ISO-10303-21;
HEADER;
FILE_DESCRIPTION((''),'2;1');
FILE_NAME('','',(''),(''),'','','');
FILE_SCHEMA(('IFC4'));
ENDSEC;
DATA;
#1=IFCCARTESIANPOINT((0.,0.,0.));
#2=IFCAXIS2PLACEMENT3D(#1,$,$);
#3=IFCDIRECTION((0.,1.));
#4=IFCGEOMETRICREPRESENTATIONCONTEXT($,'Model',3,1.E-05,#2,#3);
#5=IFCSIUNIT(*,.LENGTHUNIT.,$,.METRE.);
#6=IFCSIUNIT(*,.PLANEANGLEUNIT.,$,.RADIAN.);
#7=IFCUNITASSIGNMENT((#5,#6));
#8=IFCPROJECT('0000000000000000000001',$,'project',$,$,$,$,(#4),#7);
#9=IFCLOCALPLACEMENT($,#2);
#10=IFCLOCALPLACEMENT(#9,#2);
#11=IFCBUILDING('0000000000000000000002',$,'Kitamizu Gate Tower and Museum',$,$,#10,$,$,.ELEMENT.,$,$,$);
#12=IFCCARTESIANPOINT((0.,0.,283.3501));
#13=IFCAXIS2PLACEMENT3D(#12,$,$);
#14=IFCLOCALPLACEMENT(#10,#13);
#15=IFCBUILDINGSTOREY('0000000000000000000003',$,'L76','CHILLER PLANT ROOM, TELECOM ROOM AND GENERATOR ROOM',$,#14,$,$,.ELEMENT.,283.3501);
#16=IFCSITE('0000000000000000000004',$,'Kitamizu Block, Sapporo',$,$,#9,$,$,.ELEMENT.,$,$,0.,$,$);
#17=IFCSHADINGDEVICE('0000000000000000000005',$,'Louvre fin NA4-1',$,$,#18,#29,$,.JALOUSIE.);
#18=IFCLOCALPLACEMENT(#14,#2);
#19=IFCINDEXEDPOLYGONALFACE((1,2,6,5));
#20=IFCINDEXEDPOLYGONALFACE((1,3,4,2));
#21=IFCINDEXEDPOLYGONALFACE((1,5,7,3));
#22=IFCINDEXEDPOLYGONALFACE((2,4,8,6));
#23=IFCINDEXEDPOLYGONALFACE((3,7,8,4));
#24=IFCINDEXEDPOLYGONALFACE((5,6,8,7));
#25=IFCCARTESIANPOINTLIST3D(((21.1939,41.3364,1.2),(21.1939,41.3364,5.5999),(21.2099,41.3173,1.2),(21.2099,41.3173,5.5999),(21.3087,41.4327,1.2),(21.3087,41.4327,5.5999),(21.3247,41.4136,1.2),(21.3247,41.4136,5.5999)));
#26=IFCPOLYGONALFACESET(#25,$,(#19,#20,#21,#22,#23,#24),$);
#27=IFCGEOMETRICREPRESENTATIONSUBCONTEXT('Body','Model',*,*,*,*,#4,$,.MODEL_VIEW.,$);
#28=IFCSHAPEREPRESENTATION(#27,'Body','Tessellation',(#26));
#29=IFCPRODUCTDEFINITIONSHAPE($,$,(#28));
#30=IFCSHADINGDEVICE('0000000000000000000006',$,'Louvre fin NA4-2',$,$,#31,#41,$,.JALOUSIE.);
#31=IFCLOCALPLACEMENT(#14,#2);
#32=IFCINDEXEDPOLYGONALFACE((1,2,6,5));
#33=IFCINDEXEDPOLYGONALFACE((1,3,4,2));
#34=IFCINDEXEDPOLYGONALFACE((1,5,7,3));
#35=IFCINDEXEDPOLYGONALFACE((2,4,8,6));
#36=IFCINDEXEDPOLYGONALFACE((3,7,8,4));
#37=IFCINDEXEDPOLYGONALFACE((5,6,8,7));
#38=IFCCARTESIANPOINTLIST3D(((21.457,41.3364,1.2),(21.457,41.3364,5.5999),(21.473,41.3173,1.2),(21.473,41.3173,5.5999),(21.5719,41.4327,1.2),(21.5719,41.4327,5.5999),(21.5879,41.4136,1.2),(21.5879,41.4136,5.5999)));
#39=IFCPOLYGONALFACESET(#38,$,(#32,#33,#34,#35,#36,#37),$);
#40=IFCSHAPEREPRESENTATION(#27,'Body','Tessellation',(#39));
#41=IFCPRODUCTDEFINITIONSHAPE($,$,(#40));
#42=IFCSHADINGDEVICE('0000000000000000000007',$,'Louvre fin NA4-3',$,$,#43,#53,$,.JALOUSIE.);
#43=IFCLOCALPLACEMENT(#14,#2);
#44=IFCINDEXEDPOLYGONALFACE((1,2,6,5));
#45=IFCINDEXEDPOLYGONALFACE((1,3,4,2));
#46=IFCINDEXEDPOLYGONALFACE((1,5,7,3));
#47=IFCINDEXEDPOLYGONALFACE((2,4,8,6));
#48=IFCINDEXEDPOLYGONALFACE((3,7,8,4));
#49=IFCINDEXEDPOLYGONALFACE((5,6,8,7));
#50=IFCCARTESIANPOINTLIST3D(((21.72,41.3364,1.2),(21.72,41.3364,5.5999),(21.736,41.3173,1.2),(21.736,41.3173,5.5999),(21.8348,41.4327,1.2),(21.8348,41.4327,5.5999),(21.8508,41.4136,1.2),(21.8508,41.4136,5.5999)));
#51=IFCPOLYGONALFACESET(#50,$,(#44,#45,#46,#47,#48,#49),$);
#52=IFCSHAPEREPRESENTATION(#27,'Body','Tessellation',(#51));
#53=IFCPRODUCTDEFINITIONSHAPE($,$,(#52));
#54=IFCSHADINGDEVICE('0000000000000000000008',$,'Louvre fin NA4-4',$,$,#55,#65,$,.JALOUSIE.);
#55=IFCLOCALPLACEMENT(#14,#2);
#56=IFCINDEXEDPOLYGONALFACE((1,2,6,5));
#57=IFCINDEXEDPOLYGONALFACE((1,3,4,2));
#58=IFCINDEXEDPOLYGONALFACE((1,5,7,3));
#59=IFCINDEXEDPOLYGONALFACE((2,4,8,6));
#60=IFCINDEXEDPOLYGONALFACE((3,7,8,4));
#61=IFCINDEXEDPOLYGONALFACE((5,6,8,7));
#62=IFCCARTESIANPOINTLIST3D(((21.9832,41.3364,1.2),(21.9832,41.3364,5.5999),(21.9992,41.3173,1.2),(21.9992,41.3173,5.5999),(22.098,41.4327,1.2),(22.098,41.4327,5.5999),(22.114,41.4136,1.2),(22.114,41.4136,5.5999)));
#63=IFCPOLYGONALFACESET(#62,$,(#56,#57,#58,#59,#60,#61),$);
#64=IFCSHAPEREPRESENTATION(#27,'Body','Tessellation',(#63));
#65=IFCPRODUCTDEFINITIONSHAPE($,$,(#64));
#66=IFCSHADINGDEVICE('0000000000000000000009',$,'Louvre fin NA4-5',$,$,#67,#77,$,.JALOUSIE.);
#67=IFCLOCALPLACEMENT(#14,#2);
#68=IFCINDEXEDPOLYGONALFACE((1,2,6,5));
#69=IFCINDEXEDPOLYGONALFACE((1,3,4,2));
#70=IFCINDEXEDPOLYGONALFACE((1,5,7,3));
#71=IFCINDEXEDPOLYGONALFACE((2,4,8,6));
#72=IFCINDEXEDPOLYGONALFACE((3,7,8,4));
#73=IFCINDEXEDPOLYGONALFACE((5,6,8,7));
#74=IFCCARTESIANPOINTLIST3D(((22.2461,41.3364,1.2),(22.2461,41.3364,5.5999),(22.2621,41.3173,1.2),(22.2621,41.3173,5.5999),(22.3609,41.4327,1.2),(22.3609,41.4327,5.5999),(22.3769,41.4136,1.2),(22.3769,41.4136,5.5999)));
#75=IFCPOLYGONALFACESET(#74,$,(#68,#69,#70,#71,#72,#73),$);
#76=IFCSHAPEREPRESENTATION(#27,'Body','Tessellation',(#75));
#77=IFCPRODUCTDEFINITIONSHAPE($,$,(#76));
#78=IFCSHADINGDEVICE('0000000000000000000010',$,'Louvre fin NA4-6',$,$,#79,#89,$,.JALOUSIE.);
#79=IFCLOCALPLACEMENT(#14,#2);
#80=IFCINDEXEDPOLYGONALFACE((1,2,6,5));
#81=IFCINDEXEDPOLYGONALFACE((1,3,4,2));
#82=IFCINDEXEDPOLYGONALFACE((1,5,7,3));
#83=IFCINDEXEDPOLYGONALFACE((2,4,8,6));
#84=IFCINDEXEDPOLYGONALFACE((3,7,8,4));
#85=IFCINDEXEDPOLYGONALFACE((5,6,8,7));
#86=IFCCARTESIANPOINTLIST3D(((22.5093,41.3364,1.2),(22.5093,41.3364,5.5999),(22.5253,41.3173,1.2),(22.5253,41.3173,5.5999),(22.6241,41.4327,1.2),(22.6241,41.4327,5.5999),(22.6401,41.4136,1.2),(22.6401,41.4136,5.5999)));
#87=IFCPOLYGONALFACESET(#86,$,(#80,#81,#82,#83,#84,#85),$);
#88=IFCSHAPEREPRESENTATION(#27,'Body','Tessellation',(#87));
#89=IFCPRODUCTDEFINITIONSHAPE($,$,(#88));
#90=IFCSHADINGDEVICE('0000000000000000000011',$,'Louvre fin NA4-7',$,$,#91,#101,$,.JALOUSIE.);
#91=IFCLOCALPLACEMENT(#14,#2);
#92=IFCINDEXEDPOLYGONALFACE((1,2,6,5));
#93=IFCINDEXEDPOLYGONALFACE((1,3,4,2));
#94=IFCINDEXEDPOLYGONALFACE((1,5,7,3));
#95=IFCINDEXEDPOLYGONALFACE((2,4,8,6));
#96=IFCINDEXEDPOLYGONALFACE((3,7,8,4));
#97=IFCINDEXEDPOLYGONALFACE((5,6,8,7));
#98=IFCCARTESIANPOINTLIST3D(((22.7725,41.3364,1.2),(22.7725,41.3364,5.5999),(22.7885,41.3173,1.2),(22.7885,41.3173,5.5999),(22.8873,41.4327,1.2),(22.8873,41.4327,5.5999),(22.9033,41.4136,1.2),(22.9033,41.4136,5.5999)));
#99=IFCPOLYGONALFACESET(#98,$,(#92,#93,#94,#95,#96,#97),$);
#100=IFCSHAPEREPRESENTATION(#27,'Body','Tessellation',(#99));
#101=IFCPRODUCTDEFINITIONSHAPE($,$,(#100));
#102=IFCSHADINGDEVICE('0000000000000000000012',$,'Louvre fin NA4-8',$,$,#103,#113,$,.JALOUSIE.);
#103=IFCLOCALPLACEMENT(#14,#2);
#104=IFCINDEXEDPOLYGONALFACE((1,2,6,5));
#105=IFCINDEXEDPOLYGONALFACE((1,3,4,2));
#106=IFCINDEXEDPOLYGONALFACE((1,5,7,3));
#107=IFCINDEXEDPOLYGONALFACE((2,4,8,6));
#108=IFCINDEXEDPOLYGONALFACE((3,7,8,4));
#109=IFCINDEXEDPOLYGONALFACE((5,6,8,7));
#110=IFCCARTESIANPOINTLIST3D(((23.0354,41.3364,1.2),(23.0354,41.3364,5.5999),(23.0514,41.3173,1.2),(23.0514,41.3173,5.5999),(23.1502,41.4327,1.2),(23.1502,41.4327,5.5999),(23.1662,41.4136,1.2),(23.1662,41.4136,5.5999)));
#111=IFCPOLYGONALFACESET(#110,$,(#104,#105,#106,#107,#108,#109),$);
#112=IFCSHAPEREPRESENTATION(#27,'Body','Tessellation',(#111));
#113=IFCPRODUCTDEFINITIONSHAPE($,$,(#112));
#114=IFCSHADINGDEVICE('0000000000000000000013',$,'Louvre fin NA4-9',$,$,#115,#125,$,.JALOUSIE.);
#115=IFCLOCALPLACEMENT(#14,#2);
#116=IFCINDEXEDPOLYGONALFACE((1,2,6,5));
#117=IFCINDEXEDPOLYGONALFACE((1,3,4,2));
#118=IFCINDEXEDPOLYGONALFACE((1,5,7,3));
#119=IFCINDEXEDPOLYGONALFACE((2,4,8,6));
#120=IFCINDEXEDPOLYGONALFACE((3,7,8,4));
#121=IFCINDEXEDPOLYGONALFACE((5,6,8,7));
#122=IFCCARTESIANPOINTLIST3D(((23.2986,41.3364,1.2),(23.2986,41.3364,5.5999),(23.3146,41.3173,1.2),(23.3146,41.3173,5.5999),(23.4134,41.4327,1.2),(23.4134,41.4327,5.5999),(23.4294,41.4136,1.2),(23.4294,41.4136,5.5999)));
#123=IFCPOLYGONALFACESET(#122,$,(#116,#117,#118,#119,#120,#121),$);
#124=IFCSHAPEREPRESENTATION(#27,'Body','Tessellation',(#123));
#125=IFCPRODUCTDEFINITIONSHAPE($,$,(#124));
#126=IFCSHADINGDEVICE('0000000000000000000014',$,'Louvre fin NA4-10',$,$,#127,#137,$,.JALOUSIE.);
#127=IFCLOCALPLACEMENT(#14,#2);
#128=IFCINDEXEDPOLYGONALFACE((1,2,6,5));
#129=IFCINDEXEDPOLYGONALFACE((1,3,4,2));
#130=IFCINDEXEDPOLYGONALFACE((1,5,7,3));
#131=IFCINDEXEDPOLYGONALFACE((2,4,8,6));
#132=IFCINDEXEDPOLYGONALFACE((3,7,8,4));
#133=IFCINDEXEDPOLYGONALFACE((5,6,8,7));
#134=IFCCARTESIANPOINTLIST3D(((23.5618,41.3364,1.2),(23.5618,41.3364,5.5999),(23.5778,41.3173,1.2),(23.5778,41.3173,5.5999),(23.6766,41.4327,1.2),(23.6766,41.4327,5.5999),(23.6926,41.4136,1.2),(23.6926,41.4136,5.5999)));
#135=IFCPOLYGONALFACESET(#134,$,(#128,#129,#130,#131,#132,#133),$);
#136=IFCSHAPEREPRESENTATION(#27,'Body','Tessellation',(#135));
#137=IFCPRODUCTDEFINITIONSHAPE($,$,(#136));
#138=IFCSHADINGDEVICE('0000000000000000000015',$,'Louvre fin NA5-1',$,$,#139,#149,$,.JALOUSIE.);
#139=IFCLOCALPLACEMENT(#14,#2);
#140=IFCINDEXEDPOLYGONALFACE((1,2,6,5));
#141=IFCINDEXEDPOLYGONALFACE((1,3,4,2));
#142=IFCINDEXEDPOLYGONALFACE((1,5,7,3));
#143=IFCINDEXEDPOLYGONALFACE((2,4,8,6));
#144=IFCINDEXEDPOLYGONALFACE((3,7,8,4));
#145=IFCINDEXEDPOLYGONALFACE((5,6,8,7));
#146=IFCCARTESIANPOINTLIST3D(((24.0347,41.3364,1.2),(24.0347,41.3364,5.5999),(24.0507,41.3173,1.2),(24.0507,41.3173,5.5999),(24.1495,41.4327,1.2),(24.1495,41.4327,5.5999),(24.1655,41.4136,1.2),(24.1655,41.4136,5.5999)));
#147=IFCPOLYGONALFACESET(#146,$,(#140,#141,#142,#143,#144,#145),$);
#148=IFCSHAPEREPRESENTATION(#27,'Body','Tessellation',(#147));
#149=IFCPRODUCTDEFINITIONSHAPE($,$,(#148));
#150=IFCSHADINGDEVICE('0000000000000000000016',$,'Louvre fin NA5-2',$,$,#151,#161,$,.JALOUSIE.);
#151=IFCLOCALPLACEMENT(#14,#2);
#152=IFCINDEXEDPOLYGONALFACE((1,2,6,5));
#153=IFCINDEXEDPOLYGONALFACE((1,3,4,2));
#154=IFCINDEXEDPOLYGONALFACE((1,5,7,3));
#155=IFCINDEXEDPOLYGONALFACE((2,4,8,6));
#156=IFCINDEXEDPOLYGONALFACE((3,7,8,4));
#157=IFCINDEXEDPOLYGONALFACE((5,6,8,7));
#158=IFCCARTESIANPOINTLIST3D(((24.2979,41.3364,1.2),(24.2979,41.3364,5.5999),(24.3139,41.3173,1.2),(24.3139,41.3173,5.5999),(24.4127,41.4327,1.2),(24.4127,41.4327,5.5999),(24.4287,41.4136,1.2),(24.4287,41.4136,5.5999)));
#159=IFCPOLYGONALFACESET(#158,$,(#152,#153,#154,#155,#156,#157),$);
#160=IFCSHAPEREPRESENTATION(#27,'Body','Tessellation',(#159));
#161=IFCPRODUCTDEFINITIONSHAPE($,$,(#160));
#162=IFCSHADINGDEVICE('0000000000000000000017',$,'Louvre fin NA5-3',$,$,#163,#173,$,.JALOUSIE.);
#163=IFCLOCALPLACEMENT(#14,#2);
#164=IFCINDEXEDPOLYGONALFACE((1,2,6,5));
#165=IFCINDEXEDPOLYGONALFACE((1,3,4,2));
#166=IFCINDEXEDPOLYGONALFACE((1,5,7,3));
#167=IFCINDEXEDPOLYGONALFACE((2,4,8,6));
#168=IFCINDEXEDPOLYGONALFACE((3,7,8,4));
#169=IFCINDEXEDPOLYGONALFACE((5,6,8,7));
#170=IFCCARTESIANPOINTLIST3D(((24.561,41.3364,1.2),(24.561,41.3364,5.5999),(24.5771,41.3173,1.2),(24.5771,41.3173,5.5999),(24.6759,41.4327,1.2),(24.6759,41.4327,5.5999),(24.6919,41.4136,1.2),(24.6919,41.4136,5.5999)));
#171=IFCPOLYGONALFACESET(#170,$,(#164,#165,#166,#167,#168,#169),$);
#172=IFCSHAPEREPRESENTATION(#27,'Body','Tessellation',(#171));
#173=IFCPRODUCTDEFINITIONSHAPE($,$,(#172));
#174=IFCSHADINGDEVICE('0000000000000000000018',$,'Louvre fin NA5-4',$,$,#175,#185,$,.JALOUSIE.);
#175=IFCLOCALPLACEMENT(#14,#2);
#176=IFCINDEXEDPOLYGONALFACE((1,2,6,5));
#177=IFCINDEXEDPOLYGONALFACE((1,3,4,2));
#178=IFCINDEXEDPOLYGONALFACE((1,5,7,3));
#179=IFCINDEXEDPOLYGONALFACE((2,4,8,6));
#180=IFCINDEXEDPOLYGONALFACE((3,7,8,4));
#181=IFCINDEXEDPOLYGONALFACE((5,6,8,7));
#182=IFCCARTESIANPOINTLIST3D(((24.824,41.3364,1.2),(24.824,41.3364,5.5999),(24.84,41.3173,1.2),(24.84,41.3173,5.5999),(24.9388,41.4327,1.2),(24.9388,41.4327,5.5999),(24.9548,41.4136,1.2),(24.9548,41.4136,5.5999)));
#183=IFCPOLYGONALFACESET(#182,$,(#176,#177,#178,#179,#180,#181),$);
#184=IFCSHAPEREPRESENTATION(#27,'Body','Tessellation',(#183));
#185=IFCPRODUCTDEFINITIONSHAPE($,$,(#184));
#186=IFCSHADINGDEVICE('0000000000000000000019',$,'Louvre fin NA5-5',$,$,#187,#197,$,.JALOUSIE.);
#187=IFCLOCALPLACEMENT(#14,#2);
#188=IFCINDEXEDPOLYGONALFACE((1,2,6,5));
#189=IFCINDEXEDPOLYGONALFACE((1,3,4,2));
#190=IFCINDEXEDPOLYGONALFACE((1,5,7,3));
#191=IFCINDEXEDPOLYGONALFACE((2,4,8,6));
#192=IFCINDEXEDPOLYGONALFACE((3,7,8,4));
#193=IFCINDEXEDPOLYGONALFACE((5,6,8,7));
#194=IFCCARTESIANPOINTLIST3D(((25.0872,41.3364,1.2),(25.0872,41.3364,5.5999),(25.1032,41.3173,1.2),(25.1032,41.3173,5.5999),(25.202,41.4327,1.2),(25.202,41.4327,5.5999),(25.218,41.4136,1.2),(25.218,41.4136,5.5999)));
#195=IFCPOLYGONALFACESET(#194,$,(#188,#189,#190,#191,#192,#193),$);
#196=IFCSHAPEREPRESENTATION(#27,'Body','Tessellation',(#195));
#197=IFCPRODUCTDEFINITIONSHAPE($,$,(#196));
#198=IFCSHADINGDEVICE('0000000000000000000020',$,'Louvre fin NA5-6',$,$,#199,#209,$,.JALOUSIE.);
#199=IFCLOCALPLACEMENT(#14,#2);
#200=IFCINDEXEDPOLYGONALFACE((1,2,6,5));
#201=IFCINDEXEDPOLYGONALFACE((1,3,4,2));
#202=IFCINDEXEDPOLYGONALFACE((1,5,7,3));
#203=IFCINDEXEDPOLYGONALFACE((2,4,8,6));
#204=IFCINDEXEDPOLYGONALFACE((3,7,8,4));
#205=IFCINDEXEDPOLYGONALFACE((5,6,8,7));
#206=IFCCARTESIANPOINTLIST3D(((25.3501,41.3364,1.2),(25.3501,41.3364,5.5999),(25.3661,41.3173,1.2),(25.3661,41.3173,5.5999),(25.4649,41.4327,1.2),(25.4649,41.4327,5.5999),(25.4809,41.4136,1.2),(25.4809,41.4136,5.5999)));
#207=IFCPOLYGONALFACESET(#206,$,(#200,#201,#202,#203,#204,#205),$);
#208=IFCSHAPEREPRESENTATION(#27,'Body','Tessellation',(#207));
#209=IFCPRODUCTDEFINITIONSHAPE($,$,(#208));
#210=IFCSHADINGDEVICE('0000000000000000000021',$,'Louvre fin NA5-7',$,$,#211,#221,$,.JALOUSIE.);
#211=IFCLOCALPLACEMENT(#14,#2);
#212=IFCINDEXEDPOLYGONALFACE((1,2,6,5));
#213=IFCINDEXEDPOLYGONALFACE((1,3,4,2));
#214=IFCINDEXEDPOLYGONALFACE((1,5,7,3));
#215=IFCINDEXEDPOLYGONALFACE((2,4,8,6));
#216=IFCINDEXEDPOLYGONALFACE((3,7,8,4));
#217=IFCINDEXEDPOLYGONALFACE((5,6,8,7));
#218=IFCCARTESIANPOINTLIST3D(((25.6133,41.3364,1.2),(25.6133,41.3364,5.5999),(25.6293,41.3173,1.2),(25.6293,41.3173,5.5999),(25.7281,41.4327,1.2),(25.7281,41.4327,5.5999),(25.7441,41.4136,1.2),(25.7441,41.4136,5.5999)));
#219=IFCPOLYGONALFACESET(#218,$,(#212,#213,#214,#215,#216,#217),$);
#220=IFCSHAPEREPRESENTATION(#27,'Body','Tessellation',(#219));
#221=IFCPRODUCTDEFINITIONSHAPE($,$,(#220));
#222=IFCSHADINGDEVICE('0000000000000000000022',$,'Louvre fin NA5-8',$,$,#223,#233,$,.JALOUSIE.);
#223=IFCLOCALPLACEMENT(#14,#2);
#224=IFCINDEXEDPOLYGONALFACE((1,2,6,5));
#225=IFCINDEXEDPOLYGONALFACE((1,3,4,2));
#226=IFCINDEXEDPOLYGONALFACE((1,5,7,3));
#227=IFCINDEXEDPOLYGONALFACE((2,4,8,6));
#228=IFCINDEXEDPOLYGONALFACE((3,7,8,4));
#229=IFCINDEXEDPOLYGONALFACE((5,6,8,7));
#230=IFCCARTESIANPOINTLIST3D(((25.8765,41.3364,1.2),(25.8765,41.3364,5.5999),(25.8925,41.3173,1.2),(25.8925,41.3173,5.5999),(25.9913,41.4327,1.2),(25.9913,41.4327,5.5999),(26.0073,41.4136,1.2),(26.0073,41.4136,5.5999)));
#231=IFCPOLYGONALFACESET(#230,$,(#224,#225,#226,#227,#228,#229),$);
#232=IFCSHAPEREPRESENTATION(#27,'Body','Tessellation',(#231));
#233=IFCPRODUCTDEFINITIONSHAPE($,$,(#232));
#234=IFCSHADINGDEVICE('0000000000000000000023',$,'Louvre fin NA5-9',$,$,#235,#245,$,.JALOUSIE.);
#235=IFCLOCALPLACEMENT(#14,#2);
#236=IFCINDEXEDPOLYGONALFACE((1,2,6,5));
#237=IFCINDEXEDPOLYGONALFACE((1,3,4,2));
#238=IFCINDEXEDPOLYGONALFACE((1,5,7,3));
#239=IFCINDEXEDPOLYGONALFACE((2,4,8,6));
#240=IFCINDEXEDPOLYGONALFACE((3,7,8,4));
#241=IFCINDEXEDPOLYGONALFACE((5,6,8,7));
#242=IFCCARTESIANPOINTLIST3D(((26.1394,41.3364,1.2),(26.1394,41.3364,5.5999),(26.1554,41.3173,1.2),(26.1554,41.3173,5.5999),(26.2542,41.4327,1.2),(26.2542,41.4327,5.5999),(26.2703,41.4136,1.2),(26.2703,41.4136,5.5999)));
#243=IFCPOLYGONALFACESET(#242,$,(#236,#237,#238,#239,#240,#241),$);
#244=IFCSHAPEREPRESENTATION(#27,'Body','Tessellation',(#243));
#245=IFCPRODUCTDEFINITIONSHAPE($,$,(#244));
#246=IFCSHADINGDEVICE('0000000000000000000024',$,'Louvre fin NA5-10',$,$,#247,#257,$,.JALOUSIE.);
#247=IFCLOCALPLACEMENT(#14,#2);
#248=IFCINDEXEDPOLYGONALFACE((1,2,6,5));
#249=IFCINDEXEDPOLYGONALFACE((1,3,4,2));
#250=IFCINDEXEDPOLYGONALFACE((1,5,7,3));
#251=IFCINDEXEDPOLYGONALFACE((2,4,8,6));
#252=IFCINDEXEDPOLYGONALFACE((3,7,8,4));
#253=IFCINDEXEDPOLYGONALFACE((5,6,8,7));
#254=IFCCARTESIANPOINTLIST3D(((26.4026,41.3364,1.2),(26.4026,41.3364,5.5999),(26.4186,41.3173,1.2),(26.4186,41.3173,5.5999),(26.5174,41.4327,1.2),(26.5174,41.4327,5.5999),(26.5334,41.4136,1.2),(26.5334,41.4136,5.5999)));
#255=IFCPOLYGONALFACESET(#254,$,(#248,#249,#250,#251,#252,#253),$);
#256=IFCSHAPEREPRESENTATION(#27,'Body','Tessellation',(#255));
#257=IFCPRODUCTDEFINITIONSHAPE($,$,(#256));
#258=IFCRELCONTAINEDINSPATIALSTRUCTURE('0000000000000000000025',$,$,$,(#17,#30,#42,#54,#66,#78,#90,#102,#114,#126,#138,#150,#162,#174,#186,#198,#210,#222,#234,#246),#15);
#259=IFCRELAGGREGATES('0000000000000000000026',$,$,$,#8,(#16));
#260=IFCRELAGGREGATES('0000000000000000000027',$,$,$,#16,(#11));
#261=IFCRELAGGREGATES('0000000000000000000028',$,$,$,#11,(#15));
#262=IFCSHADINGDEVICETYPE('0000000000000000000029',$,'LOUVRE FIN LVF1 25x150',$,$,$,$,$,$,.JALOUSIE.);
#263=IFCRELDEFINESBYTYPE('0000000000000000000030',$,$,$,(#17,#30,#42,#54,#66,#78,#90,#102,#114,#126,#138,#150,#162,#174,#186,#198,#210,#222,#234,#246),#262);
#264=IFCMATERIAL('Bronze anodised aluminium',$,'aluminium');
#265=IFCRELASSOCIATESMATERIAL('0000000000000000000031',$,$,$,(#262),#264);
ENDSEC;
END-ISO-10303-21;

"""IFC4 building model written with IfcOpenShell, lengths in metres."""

from ifc_helpers import new_model, si_unit, direction, frame, origin, origin_2d, place, context, subcontext, project, spatial, rectangle, extrude, material, material_profile, profile_set, type_object, element, save


model = new_model("IFC4")

# Units and contexts
model_context = context("Model", 3, precision=1e-05, world=origin(), true_north=direction((0.0, 1.0)))
body_context = subcontext(model_context, "Body", "Model", "MODEL_VIEW")
ifc_project = project(units=[si_unit("LENGTHUNIT", "METRE"), si_unit("PLANEANGLEUNIT", "RADIAN")], contexts=[model_context])

# Site, building, storey
site_placement = place(None, origin())
site = spatial("IfcSite", under=ifc_project, at=site_placement, Name="Kitamizu Block, Sapporo", CompositionType="ELEMENT", RefElevation=0.0)
building_placement = place(site_placement, origin())
building = spatial("IfcBuilding", under=site, at=building_placement, Name="Kitamizu Gate Tower and Museum", CompositionType="ELEMENT")
storey_placement = place(building_placement, frame((0.0, 0.0, 283.3501)))
storey = spatial("IfcBuildingStorey", under=building, at=storey_placement, Name="L76", Description="CHILLER PLANT ROOM, TELECOM ROOM AND GENERATOR ROOM", CompositionType="ELEMENT", Elevation=283.3501)

# Shading devices
ifc_material_1 = material(Name="Bronze anodised aluminium", Category="aluminium")
ifc_material_profile_1 = material_profile(ifc_material_1, rectangle(XDim=0.1499, YDim=0.0249, at=origin_2d()), Name="AL 25x150")
ifc_profile_set_1 = profile_set([ifc_material_profile_1], Name="Bronze anodised aluminium")
shading_device_type = type_object("IfcShadingDeviceType", Name="LOUVRE FIN LVF1 25x150", PredefinedType="JALOUSIE", material=ifc_profile_set_1)
for number, where, z_axis, x_axis, name in (
    (1, (21.2593, 41.375, 1.2), (0.0, 0.0, 1.0), (0.766044, 0.642788, 0.0), "Louvre fin NA4-1"),
    (2, (21.5225, 41.375, 1.2), (0.0, 0.0, 1.0), (0.766044, 0.642788, 0.0), "Louvre fin NA4-2"),
    (3, (21.7854, 41.375, 1.2), (0.0, 0.0, 1.0), (0.766044, 0.642788, 0.0), "Louvre fin NA4-3"),
    (4, (22.0486, 41.375, 1.2), (0.0, 0.0, 1.0), (0.766044, 0.642788, 0.0), "Louvre fin NA4-4"),
    (5, (22.3115, 41.375, 1.2), (0.0, 0.0, 1.0), (0.766044, 0.642788, 0.0), "Louvre fin NA4-5"),
    (6, (22.5747, 41.375, 1.2), (0.0, 0.0, 1.0), (0.766044, 0.642788, 0.0), "Louvre fin NA4-6"),
    (7, (22.8379, 41.375, 1.2), (0.0, 0.0, 1.0), (0.766044, 0.642788, 0.0), "Louvre fin NA4-7"),
    (8, (23.1008, 41.375, 1.2), (0.0, 0.0, 1.0), (0.766044, 0.642788, 0.0), "Louvre fin NA4-8"),
    (9, (23.364, 41.375, 1.2), (0.0, 0.0, 1.0), (0.766044, 0.642788, 0.0), "Louvre fin NA4-9"),
    (10, (23.6272, 41.375, 1.2), (0.0, 0.0, 1.0), (0.766044, 0.642788, 0.0), "Louvre fin NA4-10"),
    (11, (24.1001, 41.375, 1.2), (0.0, 0.0, 1.0), (0.766044, 0.642788, 0.0), "Louvre fin NA5-1"),
    (12, (24.3633, 41.375, 1.2), (0.0, 0.0, 1.0), (0.766044, 0.642788, 0.0), "Louvre fin NA5-2"),
    (13, (24.6265, 41.375, 1.2), (0.0, 0.0, 1.0), (0.766044, 0.642788, 0.0), "Louvre fin NA5-3"),
    (14, (24.8894, 41.375, 1.2), (0.0, 0.0, 1.0), (0.766044, 0.642788, 0.0), "Louvre fin NA5-4"),
    (15, (25.1526, 41.375, 1.2), (0.0, 0.0, 1.0), (0.766044, 0.642788, 0.0), "Louvre fin NA5-5"),
    (16, (25.4155, 41.375, 1.2), (0.0, 0.0, 1.0), (0.766044, 0.642788, 0.0), "Louvre fin NA5-6"),
    (17, (25.6787, 41.375, 1.2), (0.0, 0.0, 1.0), (0.766044, 0.642788, 0.0), "Louvre fin NA5-7"),
    (18, (25.9419, 41.375, 1.2), (0.0, 0.0, 1.0), (0.766044, 0.642788, 0.0), "Louvre fin NA5-8"),
    (19, (26.2048, 41.375, 1.2), (0.0, 0.0, 1.0), (0.766044, 0.642788, 0.0), "Louvre fin NA5-9"),
    (20, (26.468, 41.375, 1.2), (0.0, 0.0, 1.0), (0.766044, 0.642788, 0.0), "Louvre fin NA5-10"),
):
    element("IfcShadingDevice", number, at=place(storey_placement, frame(where, z_axis=z_axis, x_axis=x_axis)), inside=storey, type_object=shading_device_type, Name=name, PredefinedType="JALOUSIE", context=body_context, shape_type="SweptSolid", body=[
        extrude(rectangle(XDim=0.1499, YDim=0.0249, at=origin_2d()), origin(), (0.0, 0.0, 1.0), 4.3999),
    ])

save(model, "model.ifc")
